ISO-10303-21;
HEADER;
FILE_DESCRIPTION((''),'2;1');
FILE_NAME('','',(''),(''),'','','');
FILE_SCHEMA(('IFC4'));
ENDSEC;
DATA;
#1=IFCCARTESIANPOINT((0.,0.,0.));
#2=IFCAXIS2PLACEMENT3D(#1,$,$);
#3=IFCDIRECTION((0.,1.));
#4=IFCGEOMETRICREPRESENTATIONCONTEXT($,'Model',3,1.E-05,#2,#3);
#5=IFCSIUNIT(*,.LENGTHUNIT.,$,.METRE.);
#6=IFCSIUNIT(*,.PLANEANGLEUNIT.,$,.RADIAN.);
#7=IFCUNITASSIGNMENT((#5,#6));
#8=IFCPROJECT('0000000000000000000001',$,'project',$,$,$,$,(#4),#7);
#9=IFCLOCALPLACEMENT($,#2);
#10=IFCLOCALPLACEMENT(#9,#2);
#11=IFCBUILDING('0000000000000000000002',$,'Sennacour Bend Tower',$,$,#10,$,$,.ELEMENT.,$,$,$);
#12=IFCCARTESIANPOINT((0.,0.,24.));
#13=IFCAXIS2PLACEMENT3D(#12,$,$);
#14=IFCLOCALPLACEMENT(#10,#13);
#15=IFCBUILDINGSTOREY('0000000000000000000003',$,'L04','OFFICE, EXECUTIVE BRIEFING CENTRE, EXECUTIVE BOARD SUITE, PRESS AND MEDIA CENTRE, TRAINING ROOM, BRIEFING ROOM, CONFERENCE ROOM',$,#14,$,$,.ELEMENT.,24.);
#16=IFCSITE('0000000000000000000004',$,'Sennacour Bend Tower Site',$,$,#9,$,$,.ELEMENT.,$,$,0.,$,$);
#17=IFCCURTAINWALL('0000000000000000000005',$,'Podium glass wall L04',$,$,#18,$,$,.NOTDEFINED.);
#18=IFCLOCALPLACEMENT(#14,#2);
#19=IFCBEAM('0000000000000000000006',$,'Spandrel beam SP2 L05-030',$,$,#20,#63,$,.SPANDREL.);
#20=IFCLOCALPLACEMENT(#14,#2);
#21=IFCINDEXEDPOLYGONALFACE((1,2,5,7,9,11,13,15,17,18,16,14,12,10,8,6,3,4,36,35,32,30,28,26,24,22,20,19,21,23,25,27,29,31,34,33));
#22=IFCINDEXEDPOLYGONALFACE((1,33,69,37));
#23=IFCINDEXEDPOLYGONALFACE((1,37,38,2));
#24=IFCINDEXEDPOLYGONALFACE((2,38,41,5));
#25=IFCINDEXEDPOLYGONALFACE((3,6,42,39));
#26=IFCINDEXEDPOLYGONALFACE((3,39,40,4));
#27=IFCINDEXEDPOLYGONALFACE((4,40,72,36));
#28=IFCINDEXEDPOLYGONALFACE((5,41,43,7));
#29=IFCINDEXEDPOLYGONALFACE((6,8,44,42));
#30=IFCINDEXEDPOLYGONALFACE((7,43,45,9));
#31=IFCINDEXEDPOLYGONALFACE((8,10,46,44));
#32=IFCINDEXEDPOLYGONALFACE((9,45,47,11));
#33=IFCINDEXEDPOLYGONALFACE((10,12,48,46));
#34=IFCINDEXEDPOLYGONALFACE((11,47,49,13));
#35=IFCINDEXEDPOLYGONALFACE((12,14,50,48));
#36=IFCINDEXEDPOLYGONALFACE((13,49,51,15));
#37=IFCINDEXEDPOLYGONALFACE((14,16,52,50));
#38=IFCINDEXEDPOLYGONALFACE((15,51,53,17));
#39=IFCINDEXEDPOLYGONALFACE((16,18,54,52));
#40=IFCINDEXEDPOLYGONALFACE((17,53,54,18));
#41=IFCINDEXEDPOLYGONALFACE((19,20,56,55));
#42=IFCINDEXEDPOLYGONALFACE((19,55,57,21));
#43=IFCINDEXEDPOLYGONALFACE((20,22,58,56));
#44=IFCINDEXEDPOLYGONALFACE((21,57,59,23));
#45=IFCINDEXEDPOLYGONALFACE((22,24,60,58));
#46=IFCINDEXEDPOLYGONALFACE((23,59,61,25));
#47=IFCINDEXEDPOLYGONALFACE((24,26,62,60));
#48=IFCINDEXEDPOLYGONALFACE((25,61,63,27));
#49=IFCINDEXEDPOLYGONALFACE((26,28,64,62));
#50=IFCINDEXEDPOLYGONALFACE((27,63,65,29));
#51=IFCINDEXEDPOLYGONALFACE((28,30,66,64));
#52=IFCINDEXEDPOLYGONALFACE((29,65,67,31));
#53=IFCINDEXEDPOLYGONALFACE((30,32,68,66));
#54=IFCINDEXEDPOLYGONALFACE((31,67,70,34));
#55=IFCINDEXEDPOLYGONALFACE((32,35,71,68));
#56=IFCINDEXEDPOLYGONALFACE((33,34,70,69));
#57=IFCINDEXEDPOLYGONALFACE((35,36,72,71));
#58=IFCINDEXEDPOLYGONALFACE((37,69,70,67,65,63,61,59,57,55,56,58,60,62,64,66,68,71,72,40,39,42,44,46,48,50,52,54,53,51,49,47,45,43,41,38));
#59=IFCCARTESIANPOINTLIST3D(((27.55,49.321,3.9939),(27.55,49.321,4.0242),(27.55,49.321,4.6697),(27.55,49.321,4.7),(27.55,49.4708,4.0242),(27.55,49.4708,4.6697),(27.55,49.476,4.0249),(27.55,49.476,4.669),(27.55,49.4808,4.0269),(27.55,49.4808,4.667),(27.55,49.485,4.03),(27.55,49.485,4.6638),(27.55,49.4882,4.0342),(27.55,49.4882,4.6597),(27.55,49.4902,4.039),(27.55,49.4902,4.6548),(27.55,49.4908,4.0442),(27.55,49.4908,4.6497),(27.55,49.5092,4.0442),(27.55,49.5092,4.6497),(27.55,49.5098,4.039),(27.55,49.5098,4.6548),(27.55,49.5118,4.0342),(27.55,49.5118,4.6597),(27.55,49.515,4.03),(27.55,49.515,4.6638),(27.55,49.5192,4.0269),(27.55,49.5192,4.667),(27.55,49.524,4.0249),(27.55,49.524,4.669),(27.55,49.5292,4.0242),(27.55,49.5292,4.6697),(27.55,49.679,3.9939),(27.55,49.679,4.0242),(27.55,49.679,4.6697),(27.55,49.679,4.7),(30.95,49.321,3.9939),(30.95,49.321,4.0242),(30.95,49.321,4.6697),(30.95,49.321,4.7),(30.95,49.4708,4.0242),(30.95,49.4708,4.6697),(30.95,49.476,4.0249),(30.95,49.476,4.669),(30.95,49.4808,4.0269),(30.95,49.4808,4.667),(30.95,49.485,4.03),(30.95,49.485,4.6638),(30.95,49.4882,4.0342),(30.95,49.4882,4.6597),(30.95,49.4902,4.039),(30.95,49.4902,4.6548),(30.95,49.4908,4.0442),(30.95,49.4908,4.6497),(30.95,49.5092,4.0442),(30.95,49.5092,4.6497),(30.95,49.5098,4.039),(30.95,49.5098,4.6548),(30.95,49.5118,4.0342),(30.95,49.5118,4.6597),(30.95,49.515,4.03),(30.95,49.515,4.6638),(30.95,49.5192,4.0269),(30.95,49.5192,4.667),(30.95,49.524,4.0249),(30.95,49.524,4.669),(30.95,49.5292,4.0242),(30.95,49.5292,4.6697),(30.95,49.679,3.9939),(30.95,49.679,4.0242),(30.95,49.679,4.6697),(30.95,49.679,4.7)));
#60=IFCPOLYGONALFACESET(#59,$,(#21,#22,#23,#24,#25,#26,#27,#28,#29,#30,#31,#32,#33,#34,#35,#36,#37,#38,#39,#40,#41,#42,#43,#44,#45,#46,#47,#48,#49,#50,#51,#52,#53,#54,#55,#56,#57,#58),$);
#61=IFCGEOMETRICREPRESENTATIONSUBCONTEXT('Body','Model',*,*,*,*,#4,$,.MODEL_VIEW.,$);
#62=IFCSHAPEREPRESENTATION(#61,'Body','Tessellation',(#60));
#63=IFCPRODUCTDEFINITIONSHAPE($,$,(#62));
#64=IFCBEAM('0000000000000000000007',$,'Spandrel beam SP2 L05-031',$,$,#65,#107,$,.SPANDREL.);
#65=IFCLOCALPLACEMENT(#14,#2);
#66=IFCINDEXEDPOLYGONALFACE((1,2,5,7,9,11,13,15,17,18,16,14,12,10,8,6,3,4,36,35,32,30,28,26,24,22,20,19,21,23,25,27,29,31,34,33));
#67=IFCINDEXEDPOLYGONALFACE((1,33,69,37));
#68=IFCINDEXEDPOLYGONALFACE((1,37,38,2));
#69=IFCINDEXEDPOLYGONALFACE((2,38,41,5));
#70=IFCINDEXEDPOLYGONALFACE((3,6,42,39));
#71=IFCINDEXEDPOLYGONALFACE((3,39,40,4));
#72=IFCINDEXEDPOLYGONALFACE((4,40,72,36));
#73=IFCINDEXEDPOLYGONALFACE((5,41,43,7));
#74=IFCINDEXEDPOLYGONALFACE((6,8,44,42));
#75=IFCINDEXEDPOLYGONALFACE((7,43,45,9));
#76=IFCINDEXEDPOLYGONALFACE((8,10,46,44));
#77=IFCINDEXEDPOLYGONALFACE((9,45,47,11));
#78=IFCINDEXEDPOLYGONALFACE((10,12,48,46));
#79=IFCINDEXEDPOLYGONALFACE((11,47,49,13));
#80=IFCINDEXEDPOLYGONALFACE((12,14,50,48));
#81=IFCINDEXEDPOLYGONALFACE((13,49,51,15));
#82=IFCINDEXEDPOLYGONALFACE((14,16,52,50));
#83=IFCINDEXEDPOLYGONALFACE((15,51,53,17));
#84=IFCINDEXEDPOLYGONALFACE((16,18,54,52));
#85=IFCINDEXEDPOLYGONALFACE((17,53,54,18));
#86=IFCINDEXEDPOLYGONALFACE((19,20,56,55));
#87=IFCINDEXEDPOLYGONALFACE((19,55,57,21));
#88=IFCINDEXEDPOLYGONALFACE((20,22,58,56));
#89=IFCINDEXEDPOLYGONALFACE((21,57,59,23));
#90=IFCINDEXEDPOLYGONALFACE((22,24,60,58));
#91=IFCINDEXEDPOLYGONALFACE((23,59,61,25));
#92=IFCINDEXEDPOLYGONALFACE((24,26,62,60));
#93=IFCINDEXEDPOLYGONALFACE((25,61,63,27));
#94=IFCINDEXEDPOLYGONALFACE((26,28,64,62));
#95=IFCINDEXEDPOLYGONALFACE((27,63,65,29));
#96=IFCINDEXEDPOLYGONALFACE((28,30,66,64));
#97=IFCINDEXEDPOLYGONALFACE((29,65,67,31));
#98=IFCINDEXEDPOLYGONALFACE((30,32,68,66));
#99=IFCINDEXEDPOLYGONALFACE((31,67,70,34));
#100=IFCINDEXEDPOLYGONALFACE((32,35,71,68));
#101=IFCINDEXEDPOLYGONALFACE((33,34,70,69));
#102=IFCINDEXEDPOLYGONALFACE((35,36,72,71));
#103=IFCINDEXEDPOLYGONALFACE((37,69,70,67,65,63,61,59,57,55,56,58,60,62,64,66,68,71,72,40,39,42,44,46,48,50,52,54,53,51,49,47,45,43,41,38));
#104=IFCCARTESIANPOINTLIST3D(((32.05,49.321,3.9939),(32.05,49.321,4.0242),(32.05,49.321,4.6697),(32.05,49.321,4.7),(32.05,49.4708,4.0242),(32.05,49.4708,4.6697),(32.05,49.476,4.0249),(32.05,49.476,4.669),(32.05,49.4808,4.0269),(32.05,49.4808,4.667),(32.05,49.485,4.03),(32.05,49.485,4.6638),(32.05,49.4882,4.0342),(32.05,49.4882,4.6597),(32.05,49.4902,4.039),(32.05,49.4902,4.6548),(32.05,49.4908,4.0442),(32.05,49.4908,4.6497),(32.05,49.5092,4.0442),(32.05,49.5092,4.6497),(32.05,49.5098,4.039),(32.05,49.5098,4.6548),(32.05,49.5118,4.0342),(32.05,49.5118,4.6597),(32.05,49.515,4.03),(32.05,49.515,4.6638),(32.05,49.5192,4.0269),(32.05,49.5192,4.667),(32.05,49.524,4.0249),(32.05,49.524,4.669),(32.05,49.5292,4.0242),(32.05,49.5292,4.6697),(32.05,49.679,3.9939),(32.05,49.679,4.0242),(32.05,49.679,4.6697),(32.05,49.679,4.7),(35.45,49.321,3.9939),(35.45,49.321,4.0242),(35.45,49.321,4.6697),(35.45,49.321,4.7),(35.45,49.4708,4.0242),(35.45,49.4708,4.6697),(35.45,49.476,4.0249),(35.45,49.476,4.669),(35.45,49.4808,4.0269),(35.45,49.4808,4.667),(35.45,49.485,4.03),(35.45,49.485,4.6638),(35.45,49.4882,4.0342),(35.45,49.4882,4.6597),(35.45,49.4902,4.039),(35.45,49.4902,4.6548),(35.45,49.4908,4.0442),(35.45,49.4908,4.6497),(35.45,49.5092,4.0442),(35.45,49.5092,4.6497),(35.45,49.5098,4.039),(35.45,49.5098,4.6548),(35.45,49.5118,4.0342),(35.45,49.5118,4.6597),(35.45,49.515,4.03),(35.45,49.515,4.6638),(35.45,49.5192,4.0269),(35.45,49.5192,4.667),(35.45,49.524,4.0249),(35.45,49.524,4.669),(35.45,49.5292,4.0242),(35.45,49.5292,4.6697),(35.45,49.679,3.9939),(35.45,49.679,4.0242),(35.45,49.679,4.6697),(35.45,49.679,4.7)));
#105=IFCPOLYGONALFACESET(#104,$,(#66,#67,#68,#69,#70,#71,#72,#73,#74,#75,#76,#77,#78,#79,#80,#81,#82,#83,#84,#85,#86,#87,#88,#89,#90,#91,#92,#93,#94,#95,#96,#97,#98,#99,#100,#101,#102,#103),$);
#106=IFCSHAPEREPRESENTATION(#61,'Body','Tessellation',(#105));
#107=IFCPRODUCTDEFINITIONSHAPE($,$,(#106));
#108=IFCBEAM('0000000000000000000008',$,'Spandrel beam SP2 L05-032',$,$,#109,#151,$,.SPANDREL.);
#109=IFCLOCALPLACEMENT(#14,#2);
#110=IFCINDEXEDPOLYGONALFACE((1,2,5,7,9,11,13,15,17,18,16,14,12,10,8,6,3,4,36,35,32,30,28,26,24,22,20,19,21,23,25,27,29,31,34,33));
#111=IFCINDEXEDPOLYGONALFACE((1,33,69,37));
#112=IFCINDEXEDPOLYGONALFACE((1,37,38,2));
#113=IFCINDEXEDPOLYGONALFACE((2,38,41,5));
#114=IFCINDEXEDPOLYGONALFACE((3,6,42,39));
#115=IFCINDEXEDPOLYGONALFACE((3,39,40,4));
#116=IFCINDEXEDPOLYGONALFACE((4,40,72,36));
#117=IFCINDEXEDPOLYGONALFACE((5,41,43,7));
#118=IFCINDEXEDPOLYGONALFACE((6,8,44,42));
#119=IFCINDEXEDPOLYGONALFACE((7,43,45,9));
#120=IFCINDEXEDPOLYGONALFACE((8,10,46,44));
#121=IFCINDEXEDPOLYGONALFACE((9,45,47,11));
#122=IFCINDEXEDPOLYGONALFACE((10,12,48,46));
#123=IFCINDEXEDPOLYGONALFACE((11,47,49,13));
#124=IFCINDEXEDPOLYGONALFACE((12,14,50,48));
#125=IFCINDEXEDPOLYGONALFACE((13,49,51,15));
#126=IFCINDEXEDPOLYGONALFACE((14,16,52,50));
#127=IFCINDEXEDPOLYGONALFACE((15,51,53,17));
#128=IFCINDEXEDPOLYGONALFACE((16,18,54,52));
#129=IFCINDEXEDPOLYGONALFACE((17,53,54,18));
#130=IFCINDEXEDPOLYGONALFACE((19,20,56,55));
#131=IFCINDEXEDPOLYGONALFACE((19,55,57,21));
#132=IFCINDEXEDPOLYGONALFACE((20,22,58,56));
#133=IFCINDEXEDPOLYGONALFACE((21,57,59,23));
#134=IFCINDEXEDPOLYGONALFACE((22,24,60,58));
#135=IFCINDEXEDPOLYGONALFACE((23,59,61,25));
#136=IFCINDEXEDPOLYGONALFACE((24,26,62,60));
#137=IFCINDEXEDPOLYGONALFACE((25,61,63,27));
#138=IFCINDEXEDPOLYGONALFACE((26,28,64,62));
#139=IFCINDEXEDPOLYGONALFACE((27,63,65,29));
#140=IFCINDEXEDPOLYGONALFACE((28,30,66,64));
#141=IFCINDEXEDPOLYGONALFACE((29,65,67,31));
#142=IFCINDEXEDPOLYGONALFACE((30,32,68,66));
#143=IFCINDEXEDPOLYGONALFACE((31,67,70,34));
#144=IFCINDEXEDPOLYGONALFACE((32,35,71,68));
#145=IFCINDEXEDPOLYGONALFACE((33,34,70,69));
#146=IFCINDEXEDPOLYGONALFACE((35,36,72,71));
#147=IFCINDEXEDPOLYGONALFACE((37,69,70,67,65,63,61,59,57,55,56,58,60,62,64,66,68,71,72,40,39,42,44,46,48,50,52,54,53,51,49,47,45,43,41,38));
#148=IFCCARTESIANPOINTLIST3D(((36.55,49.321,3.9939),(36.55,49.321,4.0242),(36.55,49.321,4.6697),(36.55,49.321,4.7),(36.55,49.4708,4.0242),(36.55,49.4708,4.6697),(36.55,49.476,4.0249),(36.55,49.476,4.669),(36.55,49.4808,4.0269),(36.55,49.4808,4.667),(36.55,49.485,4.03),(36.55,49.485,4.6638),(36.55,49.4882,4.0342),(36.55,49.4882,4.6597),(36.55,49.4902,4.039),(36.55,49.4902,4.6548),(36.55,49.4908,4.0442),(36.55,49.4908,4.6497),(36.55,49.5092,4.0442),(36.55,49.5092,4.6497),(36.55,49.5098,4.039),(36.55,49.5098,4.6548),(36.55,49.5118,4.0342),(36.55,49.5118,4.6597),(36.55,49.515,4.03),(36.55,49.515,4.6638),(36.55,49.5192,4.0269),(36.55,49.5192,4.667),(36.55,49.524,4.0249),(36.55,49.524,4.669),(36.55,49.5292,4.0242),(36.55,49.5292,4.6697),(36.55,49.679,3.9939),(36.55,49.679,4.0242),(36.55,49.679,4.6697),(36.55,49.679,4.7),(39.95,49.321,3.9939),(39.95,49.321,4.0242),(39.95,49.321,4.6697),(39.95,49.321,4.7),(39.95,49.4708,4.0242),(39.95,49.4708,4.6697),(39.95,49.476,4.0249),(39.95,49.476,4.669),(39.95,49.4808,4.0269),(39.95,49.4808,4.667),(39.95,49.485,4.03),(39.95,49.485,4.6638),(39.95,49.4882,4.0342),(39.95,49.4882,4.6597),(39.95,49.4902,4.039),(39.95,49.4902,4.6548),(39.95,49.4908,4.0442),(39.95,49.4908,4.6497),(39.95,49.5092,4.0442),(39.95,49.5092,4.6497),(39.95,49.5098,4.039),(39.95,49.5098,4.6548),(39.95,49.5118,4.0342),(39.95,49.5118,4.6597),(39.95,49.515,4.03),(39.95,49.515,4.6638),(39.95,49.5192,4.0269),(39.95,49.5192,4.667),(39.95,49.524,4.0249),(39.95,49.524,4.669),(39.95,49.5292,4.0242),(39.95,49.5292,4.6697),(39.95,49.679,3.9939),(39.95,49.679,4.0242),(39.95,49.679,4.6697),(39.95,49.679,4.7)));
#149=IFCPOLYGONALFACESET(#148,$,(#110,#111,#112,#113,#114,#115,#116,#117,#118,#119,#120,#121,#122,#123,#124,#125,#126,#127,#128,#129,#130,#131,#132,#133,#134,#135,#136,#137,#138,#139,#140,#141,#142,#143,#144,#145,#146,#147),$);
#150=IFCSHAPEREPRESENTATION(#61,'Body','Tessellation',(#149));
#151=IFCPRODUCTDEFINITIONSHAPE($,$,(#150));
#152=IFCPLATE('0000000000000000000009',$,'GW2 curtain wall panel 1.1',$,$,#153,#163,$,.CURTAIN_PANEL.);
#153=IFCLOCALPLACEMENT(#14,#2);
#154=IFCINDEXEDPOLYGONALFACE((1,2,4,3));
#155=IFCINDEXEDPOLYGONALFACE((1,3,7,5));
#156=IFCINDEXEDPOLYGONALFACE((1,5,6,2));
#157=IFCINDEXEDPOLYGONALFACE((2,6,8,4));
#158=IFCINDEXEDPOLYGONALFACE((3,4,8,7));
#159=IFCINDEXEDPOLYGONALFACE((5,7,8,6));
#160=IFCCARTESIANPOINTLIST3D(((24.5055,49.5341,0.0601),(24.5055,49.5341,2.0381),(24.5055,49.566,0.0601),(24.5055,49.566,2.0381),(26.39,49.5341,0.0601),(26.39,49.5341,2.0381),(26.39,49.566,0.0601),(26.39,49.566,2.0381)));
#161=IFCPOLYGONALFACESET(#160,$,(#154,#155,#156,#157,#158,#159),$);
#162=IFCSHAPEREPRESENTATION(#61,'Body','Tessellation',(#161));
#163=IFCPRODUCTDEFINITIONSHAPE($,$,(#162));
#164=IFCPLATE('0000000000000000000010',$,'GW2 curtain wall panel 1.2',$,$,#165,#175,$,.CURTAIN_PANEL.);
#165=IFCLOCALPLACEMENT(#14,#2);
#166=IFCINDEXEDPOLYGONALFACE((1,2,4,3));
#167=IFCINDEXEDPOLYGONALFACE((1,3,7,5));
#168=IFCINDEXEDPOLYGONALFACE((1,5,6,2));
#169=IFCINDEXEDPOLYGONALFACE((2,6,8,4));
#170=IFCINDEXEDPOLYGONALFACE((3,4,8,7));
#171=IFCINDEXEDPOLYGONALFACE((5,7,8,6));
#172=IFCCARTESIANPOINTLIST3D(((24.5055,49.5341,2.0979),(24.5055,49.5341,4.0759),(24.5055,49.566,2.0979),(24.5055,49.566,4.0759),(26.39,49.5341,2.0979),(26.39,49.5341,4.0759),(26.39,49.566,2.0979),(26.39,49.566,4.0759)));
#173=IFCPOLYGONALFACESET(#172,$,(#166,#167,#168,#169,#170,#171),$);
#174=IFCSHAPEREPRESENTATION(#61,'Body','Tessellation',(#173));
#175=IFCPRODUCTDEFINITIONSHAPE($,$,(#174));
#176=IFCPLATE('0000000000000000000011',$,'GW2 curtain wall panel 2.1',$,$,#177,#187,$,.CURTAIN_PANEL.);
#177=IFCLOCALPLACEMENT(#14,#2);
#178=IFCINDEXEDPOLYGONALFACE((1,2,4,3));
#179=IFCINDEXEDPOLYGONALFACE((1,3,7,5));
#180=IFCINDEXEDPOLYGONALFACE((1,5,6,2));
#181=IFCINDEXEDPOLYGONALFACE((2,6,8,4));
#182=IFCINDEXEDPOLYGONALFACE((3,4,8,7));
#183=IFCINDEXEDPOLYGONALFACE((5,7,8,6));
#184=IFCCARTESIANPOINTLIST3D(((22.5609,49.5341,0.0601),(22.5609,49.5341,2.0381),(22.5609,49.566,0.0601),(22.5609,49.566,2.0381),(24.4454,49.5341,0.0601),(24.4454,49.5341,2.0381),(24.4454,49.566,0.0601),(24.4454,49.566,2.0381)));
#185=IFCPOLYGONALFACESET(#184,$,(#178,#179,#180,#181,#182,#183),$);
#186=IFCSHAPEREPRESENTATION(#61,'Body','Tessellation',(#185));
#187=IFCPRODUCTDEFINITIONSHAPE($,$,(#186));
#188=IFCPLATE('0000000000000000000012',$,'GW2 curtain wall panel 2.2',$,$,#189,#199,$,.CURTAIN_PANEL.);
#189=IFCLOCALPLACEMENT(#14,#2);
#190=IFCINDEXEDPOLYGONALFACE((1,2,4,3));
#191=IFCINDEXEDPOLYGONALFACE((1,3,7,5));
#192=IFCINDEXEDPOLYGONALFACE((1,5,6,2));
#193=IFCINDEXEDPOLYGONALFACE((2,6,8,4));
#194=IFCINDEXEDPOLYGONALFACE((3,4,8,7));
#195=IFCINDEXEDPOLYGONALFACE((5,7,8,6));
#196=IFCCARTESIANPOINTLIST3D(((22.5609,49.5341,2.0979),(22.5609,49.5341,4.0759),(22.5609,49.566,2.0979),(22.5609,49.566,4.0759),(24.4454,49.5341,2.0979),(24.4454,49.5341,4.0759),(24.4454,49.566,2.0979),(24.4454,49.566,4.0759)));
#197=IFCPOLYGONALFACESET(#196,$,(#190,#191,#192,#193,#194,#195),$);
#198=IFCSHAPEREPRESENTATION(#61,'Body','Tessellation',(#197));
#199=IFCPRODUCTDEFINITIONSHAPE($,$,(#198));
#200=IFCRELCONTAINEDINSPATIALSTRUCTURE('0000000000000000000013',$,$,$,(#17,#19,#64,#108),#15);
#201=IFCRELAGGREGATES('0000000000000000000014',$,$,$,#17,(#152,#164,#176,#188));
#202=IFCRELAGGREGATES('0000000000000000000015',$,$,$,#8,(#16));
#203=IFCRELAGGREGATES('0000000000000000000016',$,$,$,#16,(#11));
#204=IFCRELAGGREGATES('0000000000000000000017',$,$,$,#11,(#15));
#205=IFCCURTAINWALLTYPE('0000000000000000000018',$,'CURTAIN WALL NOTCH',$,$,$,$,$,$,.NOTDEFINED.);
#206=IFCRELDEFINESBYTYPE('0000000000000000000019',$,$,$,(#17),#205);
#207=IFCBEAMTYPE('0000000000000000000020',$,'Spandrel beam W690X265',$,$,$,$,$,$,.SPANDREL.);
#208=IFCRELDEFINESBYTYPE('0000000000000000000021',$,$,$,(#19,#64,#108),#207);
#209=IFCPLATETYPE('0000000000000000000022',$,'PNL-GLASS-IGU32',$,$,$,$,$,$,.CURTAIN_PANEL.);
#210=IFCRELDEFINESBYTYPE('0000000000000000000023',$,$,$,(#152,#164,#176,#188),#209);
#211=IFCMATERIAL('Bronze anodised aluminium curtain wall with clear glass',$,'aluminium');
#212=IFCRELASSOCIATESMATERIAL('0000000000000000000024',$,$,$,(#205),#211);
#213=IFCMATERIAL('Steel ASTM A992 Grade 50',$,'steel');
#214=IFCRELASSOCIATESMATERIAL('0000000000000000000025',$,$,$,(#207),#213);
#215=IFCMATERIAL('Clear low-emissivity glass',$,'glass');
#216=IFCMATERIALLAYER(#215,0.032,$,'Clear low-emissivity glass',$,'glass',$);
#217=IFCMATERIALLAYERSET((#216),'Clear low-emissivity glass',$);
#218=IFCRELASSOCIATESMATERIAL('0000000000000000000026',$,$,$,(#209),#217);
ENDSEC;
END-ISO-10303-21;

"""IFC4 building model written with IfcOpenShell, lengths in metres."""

from ifc_helpers import new_model, si_unit, direction, frame, origin, origin_2d, place, context, subcontext, project, spatial, rectangle, i_section, extrude, material, layer, layer_set, material_profile, profile_set, type_object, element, aggregate, save


model = new_model("IFC4")

# Units and contexts
model_context = context("Model", 3, precision=1e-05, world=origin(), true_north=direction((0.0, 1.0)))
body_context = subcontext(model_context, "Body", "Model", "MODEL_VIEW")
ifc_project = project(units=[si_unit("LENGTHUNIT", "METRE"), si_unit("PLANEANGLEUNIT", "RADIAN")], contexts=[model_context])

# Site, building, storey
site_placement = place(None, origin())
site = spatial("IfcSite", under=ifc_project, at=site_placement, Name="Sennacour Bend Tower Site", CompositionType="ELEMENT", RefElevation=0.0)
building_placement = place(site_placement, origin())
building = spatial("IfcBuilding", under=site, at=building_placement, Name="Sennacour Bend Tower", CompositionType="ELEMENT")
storey_placement = place(building_placement, frame((0.0, 0.0, 24.0)))
storey = spatial("IfcBuildingStorey", under=building, at=storey_placement, Name="L04", Description="OFFICE, EXECUTIVE BRIEFING CENTRE, EXECUTIVE BOARD SUITE, PRESS AND MEDIA CENTRE, TRAINING ROOM, BRIEFING ROOM, CONFERENCE ROOM", CompositionType="ELEMENT", Elevation=24.0)

# Curtain wall
ifc_material_1 = material(Name="Bronze anodised aluminium curtain wall with clear glass", Category="aluminium")
curtain_wall_type = type_object("IfcCurtainWallType", Name="CURTAIN WALL NOTCH", PredefinedType="NOTDEFINED", material=ifc_material_1)
curtain_wall_placement = place(storey_placement, origin())
curtain_wall = element("IfcCurtainWall", 1, at=curtain_wall_placement, inside=storey, type_object=curtain_wall_type, Name="Podium glass wall L04", PredefinedType="NOTDEFINED")

# Beams
ifc_material_2 = material(Name="Steel ASTM A992 Grade 50", Category="steel")
ifc_material_profile_1 = material_profile(ifc_material_2, i_section(OverallWidth=0.3579, OverallDepth=0.7061, WebThickness=0.0183, FlangeThickness=0.0303, FilletRadius=0.02, at=origin_2d()), Name="Steel ASTM A992 Grade 50", Category="steel")
ifc_profile_set_1 = profile_set([ifc_material_profile_1], Name="Steel ASTM A992 Grade 50")
beam_type = type_object("IfcBeamType", Name="Spandrel beam W690X265", PredefinedType="SPANDREL", material=ifc_profile_set_1)
for number, where, z_axis, x_axis, name in (
    (2, (27.55, 49.5, 4.3469), (1.0, 0.0, 0.0), (0.0, 1.0, 0.0), "Spandrel beam SP2 L05-030"),
    (3, (32.05, 49.5, 4.3469), (1.0, 0.0, 0.0), (0.0, 1.0, 0.0), "Spandrel beam SP2 L05-031"),
    (4, (36.55, 49.5, 4.3469), (1.0, 0.0, 0.0), (0.0, 1.0, 0.0), "Spandrel beam SP2 L05-032"),
):
    element("IfcBeam", number, at=place(storey_placement, frame(where, z_axis=z_axis, x_axis=x_axis)), inside=storey, type_object=beam_type, Name=name, PredefinedType="SPANDREL", context=body_context, shape_type="SweptSolid", body=[
        extrude(i_section(OverallWidth=0.3579, OverallDepth=0.7061, WebThickness=0.0183, FlangeThickness=0.0303, FilletRadius=0.02, at=origin_2d()), origin(), (0.0, 0.0, 1.0), 3.3999),
    ])

# Plates
ifc_material_3 = material(Name="Clear low-emissivity glass", Category="glass")
ifc_layer_1 = layer(ifc_material_3, 0.032, Name="Clear low-emissivity glass", Category="glass")
ifc_layer_set_1 = layer_set([ifc_layer_1], Name="Clear low-emissivity glass")
plate_type = type_object("IfcPlateType", Name="PNL-GLASS-IGU32", PredefinedType="CURTAIN_PANEL", material=ifc_layer_set_1)
plate_1_placement = place(storey_placement, frame((25.4478, 49.55, 0.0601), z_axis=(0.0, 0.0, 1.0), x_axis=(-1.0, 0.0, 0.0)))
plate_1 = element("IfcPlate", 5, at=plate_1_placement, type_object=plate_type, Name="GW2 curtain wall panel 1.1", PredefinedType="CURTAIN_PANEL", context=body_context, shape_type="SweptSolid", body=[
    extrude(rectangle(XDim=1.8845, YDim=0.032, at=origin_2d()), origin(), (0.0, 0.0, 1.0), 1.978),
])
plate_2_placement = place(storey_placement, frame((25.4478, 49.55, 2.0979), z_axis=(0.0, 0.0, 1.0), x_axis=(-1.0, 0.0, 0.0)))
plate_2 = element("IfcPlate", 6, at=plate_2_placement, type_object=plate_type, Name="GW2 curtain wall panel 1.2", PredefinedType="CURTAIN_PANEL", context=body_context, shape_type="SweptSolid", body=[
    extrude(rectangle(XDim=1.8845, YDim=0.032, at=origin_2d()), origin(), (0.0, 0.0, 1.0), 1.978),
])
plate_3_placement = place(storey_placement, frame((23.5032, 49.55, 0.0601), z_axis=(0.0, 0.0, 1.0), x_axis=(-1.0, 0.0, 0.0)))
plate_3 = element("IfcPlate", 7, at=plate_3_placement, type_object=plate_type, Name="GW2 curtain wall panel 2.1", PredefinedType="CURTAIN_PANEL", context=body_context, shape_type="SweptSolid", body=[
    extrude(rectangle(XDim=1.8845, YDim=0.032, at=origin_2d()), origin(), (0.0, 0.0, 1.0), 1.978),
])
plate_4_placement = place(storey_placement, frame((23.5032, 49.55, 2.0979), z_axis=(0.0, 0.0, 1.0), x_axis=(-1.0, 0.0, 0.0)))
plate_4 = element("IfcPlate", 8, at=plate_4_placement, type_object=plate_type, Name="GW2 curtain wall panel 2.2", PredefinedType="CURTAIN_PANEL", context=body_context, shape_type="SweptSolid", body=[
    extrude(rectangle(XDim=1.8845, YDim=0.032, at=origin_2d()), origin(), (0.0, 0.0, 1.0), 1.978),
])
aggregate(curtain_wall, [plate_1, plate_2, plate_3, plate_4])

save(model, "model.ifc")
